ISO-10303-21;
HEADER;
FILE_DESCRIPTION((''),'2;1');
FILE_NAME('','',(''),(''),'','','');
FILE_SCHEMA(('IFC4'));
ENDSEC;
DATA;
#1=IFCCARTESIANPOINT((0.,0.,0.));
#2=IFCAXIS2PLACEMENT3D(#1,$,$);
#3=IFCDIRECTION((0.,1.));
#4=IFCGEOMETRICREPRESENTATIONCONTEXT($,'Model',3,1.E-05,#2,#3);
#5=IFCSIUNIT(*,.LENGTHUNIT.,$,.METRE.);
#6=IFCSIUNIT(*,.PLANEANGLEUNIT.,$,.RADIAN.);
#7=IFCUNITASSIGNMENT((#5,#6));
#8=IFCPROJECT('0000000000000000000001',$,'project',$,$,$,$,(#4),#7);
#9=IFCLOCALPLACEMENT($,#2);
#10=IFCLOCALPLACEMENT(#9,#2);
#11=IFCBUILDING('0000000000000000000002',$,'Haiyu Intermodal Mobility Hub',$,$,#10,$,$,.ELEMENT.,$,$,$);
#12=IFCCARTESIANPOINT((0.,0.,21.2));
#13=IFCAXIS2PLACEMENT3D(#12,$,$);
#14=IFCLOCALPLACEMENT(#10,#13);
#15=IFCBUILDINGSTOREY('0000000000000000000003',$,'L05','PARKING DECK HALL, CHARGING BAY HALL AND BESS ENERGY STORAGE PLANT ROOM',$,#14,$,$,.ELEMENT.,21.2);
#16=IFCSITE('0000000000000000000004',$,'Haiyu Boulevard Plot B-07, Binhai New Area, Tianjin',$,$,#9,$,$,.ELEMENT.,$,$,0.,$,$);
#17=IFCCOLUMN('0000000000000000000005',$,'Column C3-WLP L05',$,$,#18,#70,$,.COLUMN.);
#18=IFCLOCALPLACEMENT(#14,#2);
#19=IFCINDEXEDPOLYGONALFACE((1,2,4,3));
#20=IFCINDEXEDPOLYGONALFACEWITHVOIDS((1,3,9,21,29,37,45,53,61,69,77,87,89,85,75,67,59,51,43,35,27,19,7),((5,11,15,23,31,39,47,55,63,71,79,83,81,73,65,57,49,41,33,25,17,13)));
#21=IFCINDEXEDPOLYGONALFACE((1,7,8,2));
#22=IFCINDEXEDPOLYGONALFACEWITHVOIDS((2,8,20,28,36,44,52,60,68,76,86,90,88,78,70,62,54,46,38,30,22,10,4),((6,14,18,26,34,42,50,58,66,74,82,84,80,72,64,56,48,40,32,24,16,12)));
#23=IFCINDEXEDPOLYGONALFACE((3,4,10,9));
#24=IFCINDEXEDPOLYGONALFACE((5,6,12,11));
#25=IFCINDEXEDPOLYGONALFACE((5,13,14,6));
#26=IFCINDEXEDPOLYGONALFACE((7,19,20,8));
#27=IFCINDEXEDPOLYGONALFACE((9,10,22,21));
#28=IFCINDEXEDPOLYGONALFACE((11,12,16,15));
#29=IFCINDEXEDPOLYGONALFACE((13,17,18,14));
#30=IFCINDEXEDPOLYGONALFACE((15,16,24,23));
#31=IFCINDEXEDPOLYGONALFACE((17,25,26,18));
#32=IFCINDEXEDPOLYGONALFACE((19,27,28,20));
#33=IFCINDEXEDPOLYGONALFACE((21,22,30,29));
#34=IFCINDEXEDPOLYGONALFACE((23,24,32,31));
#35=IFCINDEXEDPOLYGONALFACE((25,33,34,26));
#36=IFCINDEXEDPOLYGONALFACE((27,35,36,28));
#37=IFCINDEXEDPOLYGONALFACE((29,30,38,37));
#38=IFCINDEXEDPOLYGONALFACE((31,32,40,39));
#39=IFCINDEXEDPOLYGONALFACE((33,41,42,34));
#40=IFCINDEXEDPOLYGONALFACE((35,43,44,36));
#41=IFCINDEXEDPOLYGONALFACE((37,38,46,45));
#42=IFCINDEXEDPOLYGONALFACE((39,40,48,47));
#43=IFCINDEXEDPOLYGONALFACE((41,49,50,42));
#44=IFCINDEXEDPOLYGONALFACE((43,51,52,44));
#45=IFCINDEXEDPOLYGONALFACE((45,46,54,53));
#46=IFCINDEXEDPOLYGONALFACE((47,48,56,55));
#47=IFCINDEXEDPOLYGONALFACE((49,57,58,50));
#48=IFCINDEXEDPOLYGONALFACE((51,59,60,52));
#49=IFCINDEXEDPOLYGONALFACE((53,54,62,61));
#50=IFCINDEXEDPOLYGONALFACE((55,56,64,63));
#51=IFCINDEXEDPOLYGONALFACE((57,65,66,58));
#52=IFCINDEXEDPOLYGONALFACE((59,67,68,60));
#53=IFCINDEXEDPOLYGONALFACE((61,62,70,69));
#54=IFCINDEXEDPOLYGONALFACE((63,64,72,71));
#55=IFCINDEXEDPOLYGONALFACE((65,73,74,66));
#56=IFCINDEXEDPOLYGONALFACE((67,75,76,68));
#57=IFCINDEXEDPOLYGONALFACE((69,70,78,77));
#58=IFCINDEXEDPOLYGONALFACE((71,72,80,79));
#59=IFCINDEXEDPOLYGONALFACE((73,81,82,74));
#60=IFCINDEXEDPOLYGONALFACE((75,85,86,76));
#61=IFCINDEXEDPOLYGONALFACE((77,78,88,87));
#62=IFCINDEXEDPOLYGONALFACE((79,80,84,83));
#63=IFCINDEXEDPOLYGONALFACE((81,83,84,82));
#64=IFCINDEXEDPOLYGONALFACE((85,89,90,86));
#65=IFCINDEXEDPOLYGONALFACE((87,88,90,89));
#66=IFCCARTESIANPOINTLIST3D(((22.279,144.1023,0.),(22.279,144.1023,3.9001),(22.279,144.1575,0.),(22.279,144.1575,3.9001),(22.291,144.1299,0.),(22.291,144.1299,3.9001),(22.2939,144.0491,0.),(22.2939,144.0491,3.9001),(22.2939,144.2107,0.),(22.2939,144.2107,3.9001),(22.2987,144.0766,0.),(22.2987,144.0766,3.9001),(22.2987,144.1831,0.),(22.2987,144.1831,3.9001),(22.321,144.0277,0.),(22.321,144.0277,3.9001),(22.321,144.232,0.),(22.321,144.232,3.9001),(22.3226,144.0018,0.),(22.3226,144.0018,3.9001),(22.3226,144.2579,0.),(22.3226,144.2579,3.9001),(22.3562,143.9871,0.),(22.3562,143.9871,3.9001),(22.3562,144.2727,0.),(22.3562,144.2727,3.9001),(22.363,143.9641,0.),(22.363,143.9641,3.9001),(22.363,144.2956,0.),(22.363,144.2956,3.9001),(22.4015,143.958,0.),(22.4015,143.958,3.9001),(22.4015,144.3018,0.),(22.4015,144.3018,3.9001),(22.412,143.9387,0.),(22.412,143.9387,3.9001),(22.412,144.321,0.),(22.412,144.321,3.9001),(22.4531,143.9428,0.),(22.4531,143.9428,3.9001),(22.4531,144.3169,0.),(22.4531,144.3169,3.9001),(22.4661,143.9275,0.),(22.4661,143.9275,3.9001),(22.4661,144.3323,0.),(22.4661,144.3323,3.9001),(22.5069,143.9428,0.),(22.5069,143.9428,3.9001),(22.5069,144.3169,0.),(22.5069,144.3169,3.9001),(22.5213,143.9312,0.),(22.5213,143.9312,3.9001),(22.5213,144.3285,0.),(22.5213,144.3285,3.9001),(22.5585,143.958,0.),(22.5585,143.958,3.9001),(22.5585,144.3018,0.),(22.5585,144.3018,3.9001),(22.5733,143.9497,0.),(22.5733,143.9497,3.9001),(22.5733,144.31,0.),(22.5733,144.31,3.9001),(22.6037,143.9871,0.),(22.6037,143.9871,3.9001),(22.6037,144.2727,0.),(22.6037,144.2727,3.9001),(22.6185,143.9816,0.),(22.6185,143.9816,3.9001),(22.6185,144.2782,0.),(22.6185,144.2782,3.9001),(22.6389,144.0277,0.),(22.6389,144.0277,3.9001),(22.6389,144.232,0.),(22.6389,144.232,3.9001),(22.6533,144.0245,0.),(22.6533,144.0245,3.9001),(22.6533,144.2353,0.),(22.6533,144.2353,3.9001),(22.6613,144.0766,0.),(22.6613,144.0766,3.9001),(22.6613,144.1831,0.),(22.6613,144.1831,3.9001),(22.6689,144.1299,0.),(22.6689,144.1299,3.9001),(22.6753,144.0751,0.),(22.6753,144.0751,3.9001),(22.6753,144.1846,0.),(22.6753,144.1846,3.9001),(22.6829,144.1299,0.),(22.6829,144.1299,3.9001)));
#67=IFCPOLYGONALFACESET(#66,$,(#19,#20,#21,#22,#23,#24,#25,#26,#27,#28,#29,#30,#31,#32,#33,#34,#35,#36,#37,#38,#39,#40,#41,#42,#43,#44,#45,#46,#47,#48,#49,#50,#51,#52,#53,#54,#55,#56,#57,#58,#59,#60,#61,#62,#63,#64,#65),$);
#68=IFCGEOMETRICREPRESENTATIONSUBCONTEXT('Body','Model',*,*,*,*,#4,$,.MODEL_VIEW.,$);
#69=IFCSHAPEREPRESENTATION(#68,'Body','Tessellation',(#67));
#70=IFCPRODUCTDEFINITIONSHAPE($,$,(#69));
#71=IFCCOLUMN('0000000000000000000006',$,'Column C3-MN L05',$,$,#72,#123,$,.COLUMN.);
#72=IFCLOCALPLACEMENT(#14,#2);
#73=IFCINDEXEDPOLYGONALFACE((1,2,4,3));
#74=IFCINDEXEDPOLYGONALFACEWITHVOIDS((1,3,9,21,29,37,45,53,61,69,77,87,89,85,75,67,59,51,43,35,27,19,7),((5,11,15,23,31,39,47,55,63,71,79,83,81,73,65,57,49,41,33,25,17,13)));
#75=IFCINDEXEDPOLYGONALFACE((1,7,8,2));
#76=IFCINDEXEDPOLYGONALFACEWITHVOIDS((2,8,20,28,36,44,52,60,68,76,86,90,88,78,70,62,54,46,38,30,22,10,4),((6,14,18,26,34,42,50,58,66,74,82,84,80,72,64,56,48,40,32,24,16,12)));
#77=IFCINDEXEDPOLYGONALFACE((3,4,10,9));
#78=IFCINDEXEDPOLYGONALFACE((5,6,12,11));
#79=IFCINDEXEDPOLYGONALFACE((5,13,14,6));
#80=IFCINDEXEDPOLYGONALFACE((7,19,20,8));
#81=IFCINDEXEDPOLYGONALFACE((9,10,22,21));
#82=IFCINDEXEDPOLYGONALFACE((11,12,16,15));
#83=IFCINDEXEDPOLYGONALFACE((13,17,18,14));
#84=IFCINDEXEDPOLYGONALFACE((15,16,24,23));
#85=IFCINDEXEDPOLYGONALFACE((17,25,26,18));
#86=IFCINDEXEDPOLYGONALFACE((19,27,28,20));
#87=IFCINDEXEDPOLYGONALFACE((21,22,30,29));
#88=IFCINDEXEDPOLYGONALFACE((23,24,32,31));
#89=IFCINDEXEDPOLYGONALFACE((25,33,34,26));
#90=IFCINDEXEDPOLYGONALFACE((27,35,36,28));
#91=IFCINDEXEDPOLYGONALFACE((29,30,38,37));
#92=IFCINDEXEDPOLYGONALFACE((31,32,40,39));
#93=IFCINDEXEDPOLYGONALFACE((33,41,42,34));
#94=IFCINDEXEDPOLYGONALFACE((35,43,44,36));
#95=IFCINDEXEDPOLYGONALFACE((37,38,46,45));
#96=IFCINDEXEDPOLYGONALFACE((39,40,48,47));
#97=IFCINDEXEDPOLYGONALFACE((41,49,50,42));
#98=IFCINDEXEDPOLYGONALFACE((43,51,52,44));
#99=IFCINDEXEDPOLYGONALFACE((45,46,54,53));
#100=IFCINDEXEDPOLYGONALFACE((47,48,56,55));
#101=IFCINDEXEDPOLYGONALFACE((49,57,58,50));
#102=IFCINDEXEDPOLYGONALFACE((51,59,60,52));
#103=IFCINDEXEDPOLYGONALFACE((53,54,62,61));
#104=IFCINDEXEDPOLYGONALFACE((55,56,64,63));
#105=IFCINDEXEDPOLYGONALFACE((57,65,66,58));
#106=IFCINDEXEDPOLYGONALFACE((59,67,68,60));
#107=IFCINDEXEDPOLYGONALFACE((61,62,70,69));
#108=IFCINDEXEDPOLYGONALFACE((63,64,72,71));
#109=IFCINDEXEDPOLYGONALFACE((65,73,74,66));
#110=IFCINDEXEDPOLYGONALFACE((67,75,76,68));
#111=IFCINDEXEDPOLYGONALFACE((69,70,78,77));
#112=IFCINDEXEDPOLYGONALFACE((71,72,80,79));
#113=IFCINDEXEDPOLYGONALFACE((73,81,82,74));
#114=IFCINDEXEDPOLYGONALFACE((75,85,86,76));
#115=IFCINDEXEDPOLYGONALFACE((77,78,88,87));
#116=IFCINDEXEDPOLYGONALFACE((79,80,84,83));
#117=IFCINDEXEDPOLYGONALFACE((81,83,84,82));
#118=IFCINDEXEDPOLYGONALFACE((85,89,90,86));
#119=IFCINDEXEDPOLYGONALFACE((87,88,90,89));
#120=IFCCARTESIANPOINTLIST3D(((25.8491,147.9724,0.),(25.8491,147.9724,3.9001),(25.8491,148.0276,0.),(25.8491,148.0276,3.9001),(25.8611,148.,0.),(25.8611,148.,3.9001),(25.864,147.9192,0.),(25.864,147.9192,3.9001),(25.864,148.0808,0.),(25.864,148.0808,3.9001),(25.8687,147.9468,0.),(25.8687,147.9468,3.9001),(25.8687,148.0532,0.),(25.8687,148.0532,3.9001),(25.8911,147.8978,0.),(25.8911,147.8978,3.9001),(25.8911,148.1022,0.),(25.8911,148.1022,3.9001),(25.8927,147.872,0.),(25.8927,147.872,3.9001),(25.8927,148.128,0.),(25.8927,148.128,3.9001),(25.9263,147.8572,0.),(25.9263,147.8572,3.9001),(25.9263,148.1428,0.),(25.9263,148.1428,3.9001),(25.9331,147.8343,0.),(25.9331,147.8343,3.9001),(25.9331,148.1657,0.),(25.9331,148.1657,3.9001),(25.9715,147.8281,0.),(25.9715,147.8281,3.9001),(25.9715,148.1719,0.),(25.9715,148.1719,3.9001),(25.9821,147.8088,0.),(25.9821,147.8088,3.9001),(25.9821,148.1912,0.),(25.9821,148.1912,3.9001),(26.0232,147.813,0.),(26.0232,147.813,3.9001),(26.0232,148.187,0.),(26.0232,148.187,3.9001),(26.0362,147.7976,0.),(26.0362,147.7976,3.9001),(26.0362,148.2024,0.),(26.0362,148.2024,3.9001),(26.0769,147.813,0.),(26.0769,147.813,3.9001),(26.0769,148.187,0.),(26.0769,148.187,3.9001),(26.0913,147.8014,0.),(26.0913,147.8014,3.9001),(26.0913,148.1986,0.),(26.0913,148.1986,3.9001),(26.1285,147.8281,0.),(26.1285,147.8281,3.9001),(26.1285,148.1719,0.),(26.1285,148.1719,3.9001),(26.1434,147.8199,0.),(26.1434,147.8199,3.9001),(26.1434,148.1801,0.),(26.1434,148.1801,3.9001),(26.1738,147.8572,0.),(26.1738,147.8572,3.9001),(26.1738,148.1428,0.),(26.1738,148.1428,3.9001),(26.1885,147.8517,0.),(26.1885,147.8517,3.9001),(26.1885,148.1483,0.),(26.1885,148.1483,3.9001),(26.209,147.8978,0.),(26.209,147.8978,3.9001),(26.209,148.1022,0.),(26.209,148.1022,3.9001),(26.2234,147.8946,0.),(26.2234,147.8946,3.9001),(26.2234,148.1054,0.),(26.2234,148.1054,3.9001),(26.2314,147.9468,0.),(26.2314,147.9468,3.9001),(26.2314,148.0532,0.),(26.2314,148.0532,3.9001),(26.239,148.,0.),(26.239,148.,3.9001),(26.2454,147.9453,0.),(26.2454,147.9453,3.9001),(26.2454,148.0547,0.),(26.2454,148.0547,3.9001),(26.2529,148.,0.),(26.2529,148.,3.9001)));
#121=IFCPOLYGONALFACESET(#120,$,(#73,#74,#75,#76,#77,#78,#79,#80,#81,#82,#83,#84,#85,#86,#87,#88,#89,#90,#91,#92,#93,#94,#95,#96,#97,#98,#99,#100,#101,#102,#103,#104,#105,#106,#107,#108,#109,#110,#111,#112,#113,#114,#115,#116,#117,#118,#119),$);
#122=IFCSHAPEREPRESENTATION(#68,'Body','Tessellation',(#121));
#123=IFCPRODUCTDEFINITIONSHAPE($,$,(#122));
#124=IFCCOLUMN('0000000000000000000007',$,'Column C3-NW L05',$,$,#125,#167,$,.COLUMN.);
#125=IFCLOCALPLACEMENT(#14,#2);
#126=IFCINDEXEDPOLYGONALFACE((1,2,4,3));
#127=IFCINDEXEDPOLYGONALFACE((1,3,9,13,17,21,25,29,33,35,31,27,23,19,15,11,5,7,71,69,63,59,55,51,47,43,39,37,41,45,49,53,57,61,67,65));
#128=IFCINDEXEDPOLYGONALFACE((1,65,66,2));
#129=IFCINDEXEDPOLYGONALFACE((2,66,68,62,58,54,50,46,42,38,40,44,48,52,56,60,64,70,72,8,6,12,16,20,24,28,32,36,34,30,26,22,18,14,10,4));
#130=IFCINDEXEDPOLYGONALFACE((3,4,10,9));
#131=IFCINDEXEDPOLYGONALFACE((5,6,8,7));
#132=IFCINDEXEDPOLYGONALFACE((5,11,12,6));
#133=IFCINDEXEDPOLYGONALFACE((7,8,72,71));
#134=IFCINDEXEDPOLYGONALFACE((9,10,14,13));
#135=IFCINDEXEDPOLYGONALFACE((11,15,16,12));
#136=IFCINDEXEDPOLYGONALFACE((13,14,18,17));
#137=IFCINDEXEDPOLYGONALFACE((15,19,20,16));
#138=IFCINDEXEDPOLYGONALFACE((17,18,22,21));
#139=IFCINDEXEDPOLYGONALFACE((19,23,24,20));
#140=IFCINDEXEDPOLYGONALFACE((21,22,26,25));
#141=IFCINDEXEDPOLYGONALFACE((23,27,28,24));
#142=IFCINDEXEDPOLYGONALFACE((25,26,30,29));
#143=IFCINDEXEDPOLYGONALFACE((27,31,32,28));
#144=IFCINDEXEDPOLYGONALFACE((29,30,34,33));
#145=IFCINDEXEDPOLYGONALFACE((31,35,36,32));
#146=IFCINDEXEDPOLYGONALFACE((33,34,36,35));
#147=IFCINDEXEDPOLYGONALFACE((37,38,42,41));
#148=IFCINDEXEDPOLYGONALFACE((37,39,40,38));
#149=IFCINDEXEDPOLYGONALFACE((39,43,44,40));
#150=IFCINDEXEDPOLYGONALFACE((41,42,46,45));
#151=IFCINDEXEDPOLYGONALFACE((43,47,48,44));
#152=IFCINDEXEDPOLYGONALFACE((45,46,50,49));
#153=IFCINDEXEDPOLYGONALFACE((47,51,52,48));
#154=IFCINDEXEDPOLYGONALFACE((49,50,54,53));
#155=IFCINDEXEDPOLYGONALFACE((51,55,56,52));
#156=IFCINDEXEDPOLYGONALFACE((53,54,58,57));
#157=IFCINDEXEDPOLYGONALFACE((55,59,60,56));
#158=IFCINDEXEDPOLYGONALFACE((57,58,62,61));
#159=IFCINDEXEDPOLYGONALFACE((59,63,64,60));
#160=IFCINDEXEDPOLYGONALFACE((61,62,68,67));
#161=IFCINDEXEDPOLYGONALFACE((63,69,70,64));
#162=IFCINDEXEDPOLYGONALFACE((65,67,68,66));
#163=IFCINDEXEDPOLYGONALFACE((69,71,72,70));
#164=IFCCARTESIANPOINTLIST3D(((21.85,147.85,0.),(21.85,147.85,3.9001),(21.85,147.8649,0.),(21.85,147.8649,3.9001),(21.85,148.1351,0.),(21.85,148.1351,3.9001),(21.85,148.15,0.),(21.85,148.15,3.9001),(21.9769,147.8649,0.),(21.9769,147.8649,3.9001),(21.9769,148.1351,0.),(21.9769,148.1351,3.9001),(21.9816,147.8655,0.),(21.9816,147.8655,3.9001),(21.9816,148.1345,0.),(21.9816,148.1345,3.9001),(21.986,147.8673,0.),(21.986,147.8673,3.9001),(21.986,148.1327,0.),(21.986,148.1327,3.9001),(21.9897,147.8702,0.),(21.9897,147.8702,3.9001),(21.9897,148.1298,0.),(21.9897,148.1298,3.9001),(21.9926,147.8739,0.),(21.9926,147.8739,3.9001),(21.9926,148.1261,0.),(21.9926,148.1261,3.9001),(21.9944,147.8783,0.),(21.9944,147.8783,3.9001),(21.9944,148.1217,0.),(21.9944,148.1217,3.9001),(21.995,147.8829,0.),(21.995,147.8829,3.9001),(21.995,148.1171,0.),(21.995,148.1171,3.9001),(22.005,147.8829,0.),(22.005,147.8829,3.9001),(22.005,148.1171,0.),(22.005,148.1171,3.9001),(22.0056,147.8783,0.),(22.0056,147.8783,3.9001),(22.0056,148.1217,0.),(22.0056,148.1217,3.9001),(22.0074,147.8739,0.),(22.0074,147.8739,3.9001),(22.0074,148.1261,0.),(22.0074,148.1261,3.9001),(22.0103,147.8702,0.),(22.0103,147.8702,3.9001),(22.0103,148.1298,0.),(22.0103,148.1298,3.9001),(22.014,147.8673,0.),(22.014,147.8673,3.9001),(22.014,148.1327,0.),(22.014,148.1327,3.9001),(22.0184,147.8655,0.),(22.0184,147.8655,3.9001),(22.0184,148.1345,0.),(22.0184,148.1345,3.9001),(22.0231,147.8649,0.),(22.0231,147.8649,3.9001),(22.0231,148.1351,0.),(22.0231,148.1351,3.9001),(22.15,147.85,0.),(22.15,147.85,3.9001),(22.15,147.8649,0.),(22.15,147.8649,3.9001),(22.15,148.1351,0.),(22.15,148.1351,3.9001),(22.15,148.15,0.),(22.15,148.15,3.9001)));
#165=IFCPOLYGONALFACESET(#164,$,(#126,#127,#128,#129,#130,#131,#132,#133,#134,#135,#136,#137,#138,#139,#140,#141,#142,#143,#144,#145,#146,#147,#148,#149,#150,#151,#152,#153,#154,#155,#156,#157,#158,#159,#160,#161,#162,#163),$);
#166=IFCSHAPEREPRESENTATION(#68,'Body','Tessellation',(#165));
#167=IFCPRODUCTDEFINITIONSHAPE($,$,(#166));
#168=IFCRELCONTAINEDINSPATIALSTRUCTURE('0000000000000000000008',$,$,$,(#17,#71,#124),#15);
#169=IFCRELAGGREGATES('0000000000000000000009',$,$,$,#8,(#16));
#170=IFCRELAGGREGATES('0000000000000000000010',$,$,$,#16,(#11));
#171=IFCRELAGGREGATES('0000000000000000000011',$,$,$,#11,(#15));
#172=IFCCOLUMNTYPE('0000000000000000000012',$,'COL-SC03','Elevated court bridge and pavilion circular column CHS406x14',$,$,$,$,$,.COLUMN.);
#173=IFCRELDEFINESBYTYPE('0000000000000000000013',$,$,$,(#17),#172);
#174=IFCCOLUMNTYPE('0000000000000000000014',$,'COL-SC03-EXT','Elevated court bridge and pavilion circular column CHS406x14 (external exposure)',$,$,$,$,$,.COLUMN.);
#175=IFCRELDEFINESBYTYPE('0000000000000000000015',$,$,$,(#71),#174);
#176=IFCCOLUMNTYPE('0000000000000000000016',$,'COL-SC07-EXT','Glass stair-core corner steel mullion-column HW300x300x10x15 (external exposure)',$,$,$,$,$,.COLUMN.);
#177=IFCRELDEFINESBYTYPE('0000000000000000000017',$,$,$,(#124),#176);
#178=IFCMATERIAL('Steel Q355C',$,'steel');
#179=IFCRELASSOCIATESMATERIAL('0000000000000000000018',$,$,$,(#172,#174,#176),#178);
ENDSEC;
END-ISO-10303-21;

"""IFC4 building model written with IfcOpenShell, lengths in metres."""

from ifc_helpers import new_model, si_unit, direction, frame, origin, origin_2d, place, context, subcontext, project, spatial, hollow_circle, i_section, extrude, material, material_profile, profile_set, type_object, element, save


model = new_model("IFC4")

# Units and contexts
model_context = context("Model", 3, precision=1e-05, world=origin(), true_north=direction((0.0, 1.0)))
body_context = subcontext(model_context, "Body", "Model", "MODEL_VIEW")
ifc_project = project(units=[si_unit("LENGTHUNIT", "METRE"), si_unit("PLANEANGLEUNIT", "RADIAN")], contexts=[model_context])

# Site, building, storey
site_placement = place(None, origin())
site = spatial("IfcSite", under=ifc_project, at=site_placement, Name="Haiyu Boulevard Plot B-07, Binhai New Area, Tianjin", CompositionType="ELEMENT", RefElevation=0.0)
building_placement = place(site_placement, origin())
building = spatial("IfcBuilding", under=site, at=building_placement, Name="Haiyu Intermodal Mobility Hub", CompositionType="ELEMENT")
storey_placement = place(building_placement, frame((0.0, 0.0, 21.2)))
storey = spatial("IfcBuildingStorey", under=building, at=storey_placement, Name="L05", Description="PARKING DECK HALL, CHARGING BAY HALL AND BESS ENERGY STORAGE PLANT ROOM", CompositionType="ELEMENT", Elevation=21.2)

# Columns
ifc_material_1 = material(Name="Steel Q355C", Category="steel")
ifc_material_profile_1 = material_profile(ifc_material_1, hollow_circle(Radius=0.2029, WallThickness=0.0139, at=origin_2d()), Name="CHS406x14")
ifc_profile_set_1 = profile_set([ifc_material_profile_1], Name="Steel Q355C")
column_type_1 = type_object("IfcColumnType", Name="COL-SC03", Description="Elevated court bridge and pavilion circular column CHS406x14", PredefinedType="COLUMN", material=ifc_profile_set_1)
column_1_placement = place(storey_placement, frame((22.48, 144.1299, 0.0), z_axis=(0.0, 0.0, 1.0), x_axis=(1.0, 0.0, 0.0)))
element("IfcColumn", 1, at=column_1_placement, inside=storey, type_object=column_type_1, Name="Column C3-WLP L05", PredefinedType="COLUMN", context=body_context, shape_type="SweptSolid", body=[
    extrude(hollow_circle(Radius=0.2029, WallThickness=0.0139, at=origin_2d()), origin(), (0.0, 0.0, 1.0), 3.9001),
])
ifc_material_profile_2 = material_profile(ifc_material_1, hollow_circle(Radius=0.2029, WallThickness=0.0139, at=origin_2d()), Name="CHS406x14")
ifc_profile_set_2 = profile_set([ifc_material_profile_2], Name="Steel Q355C")
column_type_2 = type_object("IfcColumnType", Name="COL-SC03-EXT", Description="Elevated court bridge and pavilion circular column CHS406x14 (external exposure)", PredefinedType="COLUMN", material=ifc_profile_set_2)
column_2_placement = place(storey_placement, frame((26.05, 148.0, 0.0), z_axis=(0.0, 0.0, 1.0), x_axis=(1.0, 0.0, 0.0)))
element("IfcColumn", 2, at=column_2_placement, inside=storey, type_object=column_type_2, Name="Column C3-MN L05", PredefinedType="COLUMN", context=body_context, shape_type="SweptSolid", body=[
    extrude(hollow_circle(Radius=0.2029, WallThickness=0.0139, at=origin_2d()), origin(), (0.0, 0.0, 1.0), 3.9001),
])
ifc_material_profile_3 = material_profile(ifc_material_1, i_section(OverallWidth=0.3, OverallDepth=0.3, WebThickness=0.01, FlangeThickness=0.0149, FilletRadius=0.0181, at=origin_2d()), Name="HW300x300x10x15")
ifc_profile_set_3 = profile_set([ifc_material_profile_3], Name="Steel Q355C")
column_type_3 = type_object("IfcColumnType", Name="COL-SC07-EXT", Description="Glass stair-core corner steel mullion-column HW300x300x10x15 (external exposure)", PredefinedType="COLUMN", material=ifc_profile_set_3)
column_3_placement = place(storey_placement, frame((22.0, 148.0, 0.0), z_axis=(0.0, 0.0, 1.0), x_axis=(1.0, 0.0, 0.0)))
element("IfcColumn", 3, at=column_3_placement, inside=storey, type_object=column_type_3, Name="Column C3-NW L05", PredefinedType="COLUMN", context=body_context, shape_type="SweptSolid", body=[
    extrude(i_section(OverallWidth=0.3, OverallDepth=0.3, WebThickness=0.01, FlangeThickness=0.0149, FilletRadius=0.0181, at=origin_2d()), origin(), (0.0, 0.0, 1.0), 3.9001),
])

save(model, "model.ifc")
